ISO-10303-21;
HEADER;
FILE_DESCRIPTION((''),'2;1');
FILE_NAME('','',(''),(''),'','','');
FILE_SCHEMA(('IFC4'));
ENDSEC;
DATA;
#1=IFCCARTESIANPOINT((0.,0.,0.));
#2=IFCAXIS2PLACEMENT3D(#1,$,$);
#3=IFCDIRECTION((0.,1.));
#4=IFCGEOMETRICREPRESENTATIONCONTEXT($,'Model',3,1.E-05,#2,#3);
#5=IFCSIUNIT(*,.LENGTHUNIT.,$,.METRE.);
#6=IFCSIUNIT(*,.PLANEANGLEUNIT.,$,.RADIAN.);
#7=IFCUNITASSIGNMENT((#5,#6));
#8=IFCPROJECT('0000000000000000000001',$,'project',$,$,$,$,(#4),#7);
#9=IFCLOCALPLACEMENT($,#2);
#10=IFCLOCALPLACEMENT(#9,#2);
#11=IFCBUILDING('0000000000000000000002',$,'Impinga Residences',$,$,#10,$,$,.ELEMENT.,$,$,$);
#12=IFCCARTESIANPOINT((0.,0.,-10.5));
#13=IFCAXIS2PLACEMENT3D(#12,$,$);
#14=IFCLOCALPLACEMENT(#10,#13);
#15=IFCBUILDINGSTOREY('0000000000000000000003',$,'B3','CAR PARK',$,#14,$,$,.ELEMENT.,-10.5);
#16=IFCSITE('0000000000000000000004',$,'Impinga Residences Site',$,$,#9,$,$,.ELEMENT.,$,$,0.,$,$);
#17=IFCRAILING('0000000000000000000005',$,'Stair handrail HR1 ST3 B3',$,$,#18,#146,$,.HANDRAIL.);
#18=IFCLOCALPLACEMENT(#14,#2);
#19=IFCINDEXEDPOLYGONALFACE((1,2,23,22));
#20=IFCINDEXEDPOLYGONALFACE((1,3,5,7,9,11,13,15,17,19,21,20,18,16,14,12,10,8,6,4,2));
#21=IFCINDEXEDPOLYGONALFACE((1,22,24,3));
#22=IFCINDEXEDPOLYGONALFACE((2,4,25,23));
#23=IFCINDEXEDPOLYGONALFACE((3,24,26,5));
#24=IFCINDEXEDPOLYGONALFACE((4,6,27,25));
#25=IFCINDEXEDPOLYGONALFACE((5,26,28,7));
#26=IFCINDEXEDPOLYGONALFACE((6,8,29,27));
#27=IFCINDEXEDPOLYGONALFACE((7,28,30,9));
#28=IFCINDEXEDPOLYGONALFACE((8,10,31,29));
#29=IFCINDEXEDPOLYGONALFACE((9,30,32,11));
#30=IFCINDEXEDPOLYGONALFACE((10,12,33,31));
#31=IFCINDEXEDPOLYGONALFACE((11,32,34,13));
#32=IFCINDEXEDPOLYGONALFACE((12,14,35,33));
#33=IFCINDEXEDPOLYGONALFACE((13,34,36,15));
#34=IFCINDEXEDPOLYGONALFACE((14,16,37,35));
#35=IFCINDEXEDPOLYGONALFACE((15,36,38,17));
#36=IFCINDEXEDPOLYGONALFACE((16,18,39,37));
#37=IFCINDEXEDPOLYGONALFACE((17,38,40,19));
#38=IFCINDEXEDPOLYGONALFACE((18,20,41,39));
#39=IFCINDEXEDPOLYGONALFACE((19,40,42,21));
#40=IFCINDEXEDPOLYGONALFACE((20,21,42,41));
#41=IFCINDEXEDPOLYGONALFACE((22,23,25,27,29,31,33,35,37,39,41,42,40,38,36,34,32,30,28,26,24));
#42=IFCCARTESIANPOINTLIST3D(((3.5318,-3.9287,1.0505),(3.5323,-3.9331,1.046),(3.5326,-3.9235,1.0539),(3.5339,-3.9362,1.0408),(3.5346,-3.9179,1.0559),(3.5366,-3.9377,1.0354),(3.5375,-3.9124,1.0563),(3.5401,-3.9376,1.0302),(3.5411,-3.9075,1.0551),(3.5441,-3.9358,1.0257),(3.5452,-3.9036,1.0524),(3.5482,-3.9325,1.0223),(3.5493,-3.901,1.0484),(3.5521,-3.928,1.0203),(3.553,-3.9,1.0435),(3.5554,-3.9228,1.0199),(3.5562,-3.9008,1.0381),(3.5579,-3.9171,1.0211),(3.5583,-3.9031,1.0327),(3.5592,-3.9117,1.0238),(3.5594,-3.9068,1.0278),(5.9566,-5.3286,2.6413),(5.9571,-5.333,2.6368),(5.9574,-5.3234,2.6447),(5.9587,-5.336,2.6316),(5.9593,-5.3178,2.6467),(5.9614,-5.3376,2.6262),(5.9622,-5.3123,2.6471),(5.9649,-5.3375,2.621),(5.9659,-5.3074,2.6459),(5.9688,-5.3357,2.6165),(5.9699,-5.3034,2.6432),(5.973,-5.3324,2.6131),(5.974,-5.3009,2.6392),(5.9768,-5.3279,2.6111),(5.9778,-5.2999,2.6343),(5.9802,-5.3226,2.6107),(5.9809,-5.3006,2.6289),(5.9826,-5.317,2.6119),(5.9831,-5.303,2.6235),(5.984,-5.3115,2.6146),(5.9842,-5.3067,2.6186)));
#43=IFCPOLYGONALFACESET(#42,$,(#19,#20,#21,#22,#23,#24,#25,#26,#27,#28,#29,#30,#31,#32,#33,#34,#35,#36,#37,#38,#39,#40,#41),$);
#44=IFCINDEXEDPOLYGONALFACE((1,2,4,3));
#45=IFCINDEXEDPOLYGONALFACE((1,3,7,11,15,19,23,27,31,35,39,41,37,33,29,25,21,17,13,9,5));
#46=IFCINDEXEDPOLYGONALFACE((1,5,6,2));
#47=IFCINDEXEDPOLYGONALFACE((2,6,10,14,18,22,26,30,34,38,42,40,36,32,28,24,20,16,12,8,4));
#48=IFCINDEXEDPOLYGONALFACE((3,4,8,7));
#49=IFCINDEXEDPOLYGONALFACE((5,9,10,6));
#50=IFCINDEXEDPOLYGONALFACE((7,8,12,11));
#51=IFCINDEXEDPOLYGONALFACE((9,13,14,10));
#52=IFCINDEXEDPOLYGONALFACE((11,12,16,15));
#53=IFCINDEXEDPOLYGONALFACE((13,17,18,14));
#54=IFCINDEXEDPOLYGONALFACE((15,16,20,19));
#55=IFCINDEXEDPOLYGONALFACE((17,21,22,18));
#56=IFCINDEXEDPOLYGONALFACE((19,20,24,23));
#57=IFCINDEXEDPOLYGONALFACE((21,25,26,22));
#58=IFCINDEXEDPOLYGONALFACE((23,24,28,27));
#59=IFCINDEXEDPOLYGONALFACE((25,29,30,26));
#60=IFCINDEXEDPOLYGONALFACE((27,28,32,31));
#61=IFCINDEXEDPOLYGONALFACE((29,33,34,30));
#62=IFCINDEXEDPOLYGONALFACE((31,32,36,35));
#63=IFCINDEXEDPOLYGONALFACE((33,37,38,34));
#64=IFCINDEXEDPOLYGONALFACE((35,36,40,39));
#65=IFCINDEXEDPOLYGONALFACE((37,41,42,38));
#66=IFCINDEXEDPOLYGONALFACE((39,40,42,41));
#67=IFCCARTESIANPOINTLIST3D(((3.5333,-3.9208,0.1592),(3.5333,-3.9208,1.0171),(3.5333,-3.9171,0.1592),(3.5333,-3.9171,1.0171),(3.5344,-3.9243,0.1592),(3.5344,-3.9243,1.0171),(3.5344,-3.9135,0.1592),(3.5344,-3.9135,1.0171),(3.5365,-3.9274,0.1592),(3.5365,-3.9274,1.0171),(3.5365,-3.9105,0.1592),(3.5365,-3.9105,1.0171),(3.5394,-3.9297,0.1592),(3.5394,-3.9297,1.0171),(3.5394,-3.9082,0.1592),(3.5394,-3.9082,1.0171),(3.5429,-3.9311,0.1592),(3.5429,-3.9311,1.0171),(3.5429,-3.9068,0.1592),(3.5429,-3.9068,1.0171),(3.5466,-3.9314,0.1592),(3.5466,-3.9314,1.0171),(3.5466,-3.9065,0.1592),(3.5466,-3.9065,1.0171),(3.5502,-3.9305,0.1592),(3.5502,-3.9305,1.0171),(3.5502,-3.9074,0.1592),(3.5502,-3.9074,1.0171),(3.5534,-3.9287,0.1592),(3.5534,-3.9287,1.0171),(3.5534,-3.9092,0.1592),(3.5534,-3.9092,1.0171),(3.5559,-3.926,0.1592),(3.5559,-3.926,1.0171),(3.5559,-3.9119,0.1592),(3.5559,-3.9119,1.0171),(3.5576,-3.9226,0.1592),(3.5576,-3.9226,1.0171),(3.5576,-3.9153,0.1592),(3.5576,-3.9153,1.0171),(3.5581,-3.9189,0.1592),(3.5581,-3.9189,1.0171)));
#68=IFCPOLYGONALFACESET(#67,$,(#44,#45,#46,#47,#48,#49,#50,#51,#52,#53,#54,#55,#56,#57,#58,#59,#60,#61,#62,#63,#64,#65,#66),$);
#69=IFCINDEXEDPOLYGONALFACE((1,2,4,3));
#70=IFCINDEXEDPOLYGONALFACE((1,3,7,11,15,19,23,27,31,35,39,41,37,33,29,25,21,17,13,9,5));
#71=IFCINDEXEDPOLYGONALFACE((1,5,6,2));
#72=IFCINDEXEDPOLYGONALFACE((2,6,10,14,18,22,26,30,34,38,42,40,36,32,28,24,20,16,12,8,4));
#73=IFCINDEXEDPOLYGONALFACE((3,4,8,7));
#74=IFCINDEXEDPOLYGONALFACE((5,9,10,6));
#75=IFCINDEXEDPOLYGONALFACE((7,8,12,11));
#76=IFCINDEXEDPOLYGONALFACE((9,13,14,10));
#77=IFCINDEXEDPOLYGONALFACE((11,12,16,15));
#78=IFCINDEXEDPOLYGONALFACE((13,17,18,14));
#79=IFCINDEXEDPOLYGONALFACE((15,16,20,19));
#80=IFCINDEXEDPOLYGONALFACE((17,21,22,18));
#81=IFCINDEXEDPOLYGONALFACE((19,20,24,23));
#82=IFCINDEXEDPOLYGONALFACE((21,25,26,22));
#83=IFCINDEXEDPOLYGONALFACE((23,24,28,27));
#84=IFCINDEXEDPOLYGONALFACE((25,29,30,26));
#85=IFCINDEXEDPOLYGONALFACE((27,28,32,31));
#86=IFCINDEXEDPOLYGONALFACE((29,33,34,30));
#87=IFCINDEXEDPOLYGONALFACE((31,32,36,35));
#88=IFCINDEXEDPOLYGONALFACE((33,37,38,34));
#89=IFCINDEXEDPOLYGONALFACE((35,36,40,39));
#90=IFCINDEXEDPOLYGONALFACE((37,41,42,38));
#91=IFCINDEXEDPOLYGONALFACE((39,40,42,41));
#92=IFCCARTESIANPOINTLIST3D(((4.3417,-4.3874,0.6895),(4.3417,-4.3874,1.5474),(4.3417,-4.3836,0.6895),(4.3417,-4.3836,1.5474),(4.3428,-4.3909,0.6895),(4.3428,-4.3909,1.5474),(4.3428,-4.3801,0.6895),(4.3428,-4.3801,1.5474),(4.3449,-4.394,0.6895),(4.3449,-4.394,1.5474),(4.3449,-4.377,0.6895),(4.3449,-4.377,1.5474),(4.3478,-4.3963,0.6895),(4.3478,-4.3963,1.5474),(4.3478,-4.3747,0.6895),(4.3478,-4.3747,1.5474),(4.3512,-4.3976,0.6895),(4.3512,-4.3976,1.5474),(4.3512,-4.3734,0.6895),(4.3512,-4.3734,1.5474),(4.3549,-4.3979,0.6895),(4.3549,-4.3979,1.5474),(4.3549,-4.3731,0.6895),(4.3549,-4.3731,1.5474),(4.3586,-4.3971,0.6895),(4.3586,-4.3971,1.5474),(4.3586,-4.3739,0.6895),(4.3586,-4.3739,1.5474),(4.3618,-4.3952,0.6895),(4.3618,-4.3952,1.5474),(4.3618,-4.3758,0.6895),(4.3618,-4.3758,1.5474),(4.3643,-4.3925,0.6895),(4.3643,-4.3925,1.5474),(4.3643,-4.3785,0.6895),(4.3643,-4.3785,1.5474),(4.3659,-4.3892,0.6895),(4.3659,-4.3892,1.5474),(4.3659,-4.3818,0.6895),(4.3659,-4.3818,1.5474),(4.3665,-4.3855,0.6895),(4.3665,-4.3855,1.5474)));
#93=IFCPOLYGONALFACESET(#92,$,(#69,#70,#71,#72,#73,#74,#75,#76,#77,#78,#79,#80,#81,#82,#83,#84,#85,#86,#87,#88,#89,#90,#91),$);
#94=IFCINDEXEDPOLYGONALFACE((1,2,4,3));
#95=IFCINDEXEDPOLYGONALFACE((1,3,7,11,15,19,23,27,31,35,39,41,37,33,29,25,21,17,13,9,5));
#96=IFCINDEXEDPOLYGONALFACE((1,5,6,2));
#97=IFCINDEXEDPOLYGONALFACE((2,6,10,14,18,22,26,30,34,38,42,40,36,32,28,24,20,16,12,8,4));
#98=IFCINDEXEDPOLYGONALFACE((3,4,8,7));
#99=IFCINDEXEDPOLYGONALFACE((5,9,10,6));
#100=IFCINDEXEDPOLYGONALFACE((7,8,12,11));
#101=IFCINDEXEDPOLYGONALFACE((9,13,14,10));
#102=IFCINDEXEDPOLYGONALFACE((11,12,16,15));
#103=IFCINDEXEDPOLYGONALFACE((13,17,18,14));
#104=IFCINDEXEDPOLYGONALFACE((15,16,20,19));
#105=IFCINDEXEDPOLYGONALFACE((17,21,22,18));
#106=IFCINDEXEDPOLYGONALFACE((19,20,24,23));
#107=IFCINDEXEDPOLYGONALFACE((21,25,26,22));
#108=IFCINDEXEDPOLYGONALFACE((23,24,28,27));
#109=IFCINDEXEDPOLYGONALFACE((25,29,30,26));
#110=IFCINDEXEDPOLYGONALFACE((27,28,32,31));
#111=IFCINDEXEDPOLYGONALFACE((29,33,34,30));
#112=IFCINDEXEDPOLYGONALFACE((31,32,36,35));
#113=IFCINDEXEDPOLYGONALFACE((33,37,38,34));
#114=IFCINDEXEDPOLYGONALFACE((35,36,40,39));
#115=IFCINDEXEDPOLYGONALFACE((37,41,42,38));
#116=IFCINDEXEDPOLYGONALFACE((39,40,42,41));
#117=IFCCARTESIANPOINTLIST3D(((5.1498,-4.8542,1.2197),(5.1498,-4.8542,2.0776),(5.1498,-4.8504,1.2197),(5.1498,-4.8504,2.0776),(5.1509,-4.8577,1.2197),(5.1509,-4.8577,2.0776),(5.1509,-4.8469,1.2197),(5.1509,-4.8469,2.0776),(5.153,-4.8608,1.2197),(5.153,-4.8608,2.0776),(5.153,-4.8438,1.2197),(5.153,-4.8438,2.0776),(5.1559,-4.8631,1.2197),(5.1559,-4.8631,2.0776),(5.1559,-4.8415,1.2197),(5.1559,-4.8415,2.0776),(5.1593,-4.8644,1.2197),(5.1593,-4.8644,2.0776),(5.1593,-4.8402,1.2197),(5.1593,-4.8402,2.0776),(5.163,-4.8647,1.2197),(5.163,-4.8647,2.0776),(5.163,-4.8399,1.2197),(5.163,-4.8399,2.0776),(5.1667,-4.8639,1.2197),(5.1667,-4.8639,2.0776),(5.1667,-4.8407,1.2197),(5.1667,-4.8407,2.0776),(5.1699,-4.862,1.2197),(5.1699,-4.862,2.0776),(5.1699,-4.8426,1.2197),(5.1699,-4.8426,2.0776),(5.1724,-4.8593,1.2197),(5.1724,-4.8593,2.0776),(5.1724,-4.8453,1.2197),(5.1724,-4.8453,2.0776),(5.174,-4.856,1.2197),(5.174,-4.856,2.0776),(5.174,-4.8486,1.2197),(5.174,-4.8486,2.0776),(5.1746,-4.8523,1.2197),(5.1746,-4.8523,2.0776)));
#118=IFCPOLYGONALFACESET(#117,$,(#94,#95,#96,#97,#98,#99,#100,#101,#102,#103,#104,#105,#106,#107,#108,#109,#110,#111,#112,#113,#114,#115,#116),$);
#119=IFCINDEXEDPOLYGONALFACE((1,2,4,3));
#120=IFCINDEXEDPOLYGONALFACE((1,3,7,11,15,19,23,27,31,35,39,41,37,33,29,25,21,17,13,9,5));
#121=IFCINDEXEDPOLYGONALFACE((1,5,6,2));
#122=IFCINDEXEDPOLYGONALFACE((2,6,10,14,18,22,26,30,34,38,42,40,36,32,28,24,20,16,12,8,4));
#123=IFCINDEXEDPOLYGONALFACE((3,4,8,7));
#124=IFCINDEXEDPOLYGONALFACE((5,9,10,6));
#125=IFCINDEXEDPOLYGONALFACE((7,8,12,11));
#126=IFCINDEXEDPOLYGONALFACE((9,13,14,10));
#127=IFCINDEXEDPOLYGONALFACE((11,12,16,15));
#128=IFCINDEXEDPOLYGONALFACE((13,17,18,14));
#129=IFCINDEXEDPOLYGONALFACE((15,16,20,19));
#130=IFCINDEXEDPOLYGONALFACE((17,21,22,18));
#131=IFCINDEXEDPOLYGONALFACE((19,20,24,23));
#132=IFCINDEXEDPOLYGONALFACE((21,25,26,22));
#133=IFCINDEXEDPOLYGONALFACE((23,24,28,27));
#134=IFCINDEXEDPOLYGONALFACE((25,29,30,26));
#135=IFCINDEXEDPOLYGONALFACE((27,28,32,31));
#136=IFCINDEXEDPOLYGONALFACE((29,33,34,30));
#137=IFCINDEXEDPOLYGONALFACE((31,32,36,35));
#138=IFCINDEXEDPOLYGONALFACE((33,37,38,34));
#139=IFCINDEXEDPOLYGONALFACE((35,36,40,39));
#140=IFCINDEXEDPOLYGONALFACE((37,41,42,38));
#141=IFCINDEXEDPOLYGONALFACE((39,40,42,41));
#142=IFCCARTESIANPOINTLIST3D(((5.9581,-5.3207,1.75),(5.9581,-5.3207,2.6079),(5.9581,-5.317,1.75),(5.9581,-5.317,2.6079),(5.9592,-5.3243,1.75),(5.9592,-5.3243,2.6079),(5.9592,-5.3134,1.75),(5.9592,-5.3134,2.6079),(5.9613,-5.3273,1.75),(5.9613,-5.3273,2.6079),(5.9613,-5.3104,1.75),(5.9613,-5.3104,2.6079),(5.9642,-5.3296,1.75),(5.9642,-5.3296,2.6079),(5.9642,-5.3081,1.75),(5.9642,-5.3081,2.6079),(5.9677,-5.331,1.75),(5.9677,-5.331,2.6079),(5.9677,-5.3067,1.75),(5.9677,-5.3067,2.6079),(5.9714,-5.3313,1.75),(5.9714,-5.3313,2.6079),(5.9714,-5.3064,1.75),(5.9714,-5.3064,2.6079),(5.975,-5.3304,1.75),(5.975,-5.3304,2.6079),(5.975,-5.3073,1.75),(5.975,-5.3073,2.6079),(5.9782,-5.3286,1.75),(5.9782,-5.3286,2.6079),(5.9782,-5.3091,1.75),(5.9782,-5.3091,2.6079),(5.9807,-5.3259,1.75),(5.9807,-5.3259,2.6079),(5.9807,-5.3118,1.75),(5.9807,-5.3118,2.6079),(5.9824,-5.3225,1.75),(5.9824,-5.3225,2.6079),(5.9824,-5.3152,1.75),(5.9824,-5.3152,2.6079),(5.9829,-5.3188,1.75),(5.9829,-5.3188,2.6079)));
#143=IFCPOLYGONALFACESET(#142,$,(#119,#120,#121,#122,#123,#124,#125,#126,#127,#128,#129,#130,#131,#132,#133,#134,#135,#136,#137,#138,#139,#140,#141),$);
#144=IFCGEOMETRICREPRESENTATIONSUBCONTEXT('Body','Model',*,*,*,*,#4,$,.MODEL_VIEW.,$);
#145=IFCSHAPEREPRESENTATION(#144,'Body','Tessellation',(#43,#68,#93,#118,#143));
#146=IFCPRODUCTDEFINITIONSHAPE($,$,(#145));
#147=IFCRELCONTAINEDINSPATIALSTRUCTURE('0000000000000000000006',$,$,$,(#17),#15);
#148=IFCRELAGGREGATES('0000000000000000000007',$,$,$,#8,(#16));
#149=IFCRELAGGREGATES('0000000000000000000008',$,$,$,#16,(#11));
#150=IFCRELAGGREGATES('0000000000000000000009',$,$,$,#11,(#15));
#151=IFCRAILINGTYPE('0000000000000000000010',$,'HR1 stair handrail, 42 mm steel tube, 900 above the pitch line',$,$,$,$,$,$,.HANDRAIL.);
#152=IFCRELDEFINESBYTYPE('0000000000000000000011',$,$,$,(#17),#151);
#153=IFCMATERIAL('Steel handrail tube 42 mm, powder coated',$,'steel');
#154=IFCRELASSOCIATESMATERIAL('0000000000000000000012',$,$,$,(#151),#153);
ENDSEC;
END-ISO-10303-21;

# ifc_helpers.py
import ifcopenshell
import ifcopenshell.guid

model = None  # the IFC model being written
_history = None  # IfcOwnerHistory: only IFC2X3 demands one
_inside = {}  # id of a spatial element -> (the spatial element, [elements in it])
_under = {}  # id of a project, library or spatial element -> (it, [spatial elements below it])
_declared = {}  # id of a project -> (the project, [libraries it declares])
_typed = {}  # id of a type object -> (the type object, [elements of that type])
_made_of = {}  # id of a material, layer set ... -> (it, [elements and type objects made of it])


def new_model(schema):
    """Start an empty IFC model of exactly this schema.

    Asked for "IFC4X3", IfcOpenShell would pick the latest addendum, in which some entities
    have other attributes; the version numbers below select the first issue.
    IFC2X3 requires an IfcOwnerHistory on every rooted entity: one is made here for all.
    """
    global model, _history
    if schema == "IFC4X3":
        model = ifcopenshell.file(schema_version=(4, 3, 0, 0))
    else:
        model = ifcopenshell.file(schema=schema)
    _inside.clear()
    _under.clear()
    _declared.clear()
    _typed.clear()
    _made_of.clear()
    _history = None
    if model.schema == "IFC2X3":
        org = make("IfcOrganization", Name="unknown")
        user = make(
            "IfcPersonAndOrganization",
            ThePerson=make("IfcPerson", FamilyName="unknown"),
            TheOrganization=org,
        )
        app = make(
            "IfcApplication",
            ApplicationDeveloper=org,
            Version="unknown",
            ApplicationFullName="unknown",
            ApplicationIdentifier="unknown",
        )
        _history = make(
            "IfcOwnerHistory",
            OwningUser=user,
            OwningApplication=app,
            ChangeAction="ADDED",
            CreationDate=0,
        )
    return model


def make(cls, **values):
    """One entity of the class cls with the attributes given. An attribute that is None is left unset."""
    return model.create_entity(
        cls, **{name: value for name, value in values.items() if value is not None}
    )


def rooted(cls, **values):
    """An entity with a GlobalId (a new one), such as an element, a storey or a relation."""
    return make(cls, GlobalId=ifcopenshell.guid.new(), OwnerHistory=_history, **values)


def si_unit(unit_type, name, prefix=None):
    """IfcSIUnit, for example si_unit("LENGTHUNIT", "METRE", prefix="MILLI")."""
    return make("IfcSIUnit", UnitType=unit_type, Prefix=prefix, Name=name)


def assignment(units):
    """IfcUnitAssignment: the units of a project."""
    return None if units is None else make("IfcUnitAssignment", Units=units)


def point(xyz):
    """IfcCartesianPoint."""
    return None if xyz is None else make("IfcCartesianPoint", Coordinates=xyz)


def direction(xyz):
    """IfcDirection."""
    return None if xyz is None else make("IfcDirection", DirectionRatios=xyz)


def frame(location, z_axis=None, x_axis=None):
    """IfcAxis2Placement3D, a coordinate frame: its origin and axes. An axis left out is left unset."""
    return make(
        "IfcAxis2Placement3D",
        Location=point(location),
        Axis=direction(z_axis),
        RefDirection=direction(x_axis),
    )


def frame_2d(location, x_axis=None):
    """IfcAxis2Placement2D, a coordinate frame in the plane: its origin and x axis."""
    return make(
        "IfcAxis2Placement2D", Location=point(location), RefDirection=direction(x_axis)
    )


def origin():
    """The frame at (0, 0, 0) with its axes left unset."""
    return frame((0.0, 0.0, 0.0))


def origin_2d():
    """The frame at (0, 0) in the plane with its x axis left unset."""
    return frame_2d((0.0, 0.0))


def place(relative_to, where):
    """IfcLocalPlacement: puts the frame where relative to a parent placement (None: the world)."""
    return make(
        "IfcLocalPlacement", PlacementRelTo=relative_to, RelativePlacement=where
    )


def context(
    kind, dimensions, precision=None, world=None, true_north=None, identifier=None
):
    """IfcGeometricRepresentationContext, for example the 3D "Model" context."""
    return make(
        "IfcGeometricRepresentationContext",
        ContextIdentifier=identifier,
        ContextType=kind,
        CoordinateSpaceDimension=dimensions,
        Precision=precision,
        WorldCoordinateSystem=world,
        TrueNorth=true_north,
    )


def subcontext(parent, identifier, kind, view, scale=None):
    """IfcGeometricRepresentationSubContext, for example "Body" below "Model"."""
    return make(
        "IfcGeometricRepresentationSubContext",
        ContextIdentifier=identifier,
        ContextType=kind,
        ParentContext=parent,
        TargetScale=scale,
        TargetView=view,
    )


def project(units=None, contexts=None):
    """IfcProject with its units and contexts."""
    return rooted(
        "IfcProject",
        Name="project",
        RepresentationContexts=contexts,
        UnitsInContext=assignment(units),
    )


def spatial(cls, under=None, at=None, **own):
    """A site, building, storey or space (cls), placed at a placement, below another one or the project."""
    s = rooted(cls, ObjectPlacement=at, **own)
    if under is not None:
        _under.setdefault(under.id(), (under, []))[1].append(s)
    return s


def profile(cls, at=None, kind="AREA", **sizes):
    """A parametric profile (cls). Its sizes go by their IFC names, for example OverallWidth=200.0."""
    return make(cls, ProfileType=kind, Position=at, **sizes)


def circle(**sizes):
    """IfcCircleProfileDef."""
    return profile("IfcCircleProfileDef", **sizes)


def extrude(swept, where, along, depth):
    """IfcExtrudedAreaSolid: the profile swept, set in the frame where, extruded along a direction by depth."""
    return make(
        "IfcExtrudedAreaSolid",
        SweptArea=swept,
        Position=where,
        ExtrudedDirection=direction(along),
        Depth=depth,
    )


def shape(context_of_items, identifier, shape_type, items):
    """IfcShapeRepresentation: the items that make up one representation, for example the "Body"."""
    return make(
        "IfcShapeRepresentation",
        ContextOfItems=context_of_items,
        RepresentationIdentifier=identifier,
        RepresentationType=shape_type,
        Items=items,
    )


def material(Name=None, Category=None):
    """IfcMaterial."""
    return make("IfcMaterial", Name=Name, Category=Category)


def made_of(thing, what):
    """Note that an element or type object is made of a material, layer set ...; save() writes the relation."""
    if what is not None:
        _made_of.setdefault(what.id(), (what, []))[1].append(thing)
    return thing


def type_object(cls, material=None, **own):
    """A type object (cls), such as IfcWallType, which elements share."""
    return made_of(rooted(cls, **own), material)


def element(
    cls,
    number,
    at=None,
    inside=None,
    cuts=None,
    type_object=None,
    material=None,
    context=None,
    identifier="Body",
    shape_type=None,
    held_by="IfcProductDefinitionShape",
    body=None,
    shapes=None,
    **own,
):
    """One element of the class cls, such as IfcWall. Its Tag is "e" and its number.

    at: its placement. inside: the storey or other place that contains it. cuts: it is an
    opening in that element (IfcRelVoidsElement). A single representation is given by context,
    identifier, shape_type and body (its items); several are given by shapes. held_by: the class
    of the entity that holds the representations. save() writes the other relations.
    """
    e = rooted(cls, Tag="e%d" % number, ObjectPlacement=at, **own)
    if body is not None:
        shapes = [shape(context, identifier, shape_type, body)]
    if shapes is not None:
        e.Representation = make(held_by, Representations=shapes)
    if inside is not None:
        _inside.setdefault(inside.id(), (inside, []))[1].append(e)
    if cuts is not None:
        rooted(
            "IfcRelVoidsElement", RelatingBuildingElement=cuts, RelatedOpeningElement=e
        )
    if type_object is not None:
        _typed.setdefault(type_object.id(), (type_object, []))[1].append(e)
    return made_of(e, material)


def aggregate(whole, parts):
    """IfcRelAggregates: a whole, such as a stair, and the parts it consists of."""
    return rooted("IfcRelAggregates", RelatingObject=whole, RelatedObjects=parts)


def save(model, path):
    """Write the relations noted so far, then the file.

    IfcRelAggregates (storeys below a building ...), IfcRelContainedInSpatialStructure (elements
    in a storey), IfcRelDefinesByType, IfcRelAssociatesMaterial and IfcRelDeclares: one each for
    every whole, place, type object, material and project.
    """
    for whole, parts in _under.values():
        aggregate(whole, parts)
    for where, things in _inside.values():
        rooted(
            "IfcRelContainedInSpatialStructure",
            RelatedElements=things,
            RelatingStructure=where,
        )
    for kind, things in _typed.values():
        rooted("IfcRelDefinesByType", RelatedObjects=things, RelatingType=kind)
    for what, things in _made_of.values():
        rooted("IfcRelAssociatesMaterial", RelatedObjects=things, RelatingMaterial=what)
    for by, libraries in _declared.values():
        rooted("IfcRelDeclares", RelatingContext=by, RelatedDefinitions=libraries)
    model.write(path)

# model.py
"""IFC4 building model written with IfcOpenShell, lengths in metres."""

from ifc_helpers import new_model, si_unit, direction, frame, origin, origin_2d, place, context, subcontext, project, spatial, circle, extrude, material, type_object, element, save


model = new_model("IFC4")

# Units and contexts
model_context = context("Model", 3, precision=1e-05, world=origin(), true_north=direction((0.0, 1.0)))
body_context = subcontext(model_context, "Body", "Model", "MODEL_VIEW")
ifc_project = project(units=[si_unit("LENGTHUNIT", "METRE"), si_unit("PLANEANGLEUNIT", "RADIAN")], contexts=[model_context])

# Site, building, storey
site_placement = place(None, origin())
site = spatial("IfcSite", under=ifc_project, at=site_placement, Name="Impinga Residences Site", CompositionType="ELEMENT", RefElevation=0.0)
building_placement = place(site_placement, origin())
building = spatial("IfcBuilding", under=site, at=building_placement, Name="Impinga Residences", CompositionType="ELEMENT")
storey_placement = place(building_placement, frame((0.0, 0.0, -10.5)))
storey = spatial("IfcBuildingStorey", under=building, at=storey_placement, Name="B3", Description="CAR PARK", CompositionType="ELEMENT", Elevation=-10.5)

# Railing
ifc_material_1 = material(Name="Steel handrail tube 42 mm, powder coated", Category="steel")
railing_type_1 = type_object("IfcRailingType", Name="HR1 stair handrail, 42 mm steel tube, 900 above the pitch line", PredefinedType="HANDRAIL", material=ifc_material_1)
railing_1_placement = place(storey_placement, frame((3.5457, -3.9189, 0.1592)))
element("IfcRailing", 1, at=railing_1_placement, inside=storey, type_object=railing_type_1, Name="Stair handrail HR1 ST3 B3", PredefinedType="HANDRAIL", context=body_context, shape_type="SweptSolid", body=[
    extrude(circle(Radius=0.021, at=origin_2d()), frame((0.0, 0.0, 0.8789), z_axis=(0.752983, -0.434716, 0.494003), x_axis=(0.499984, 0.866035, 0.0)), (0.0, 0.0, 1.0), 3.2202),
    extrude(circle(Radius=0.0125, at=origin_2d()), origin(), (0.0, 0.0, 1.0), 0.8579),
    extrude(circle(Radius=0.0125, at=origin_2d()), frame((0.8083, -0.4666, 0.5303)), (0.0, 0.0, 1.0), 0.8579),
    extrude(circle(Radius=0.0125, at=origin_2d()), frame((1.6165, -0.9333, 1.0605)), (0.0, 0.0, 1.0), 0.8579),
    extrude(circle(Radius=0.0125, at=origin_2d()), frame((2.4248, -1.3999, 1.5908)), (0.0, 0.0, 1.0), 0.8579),
])

save(model, "model.ifc")
